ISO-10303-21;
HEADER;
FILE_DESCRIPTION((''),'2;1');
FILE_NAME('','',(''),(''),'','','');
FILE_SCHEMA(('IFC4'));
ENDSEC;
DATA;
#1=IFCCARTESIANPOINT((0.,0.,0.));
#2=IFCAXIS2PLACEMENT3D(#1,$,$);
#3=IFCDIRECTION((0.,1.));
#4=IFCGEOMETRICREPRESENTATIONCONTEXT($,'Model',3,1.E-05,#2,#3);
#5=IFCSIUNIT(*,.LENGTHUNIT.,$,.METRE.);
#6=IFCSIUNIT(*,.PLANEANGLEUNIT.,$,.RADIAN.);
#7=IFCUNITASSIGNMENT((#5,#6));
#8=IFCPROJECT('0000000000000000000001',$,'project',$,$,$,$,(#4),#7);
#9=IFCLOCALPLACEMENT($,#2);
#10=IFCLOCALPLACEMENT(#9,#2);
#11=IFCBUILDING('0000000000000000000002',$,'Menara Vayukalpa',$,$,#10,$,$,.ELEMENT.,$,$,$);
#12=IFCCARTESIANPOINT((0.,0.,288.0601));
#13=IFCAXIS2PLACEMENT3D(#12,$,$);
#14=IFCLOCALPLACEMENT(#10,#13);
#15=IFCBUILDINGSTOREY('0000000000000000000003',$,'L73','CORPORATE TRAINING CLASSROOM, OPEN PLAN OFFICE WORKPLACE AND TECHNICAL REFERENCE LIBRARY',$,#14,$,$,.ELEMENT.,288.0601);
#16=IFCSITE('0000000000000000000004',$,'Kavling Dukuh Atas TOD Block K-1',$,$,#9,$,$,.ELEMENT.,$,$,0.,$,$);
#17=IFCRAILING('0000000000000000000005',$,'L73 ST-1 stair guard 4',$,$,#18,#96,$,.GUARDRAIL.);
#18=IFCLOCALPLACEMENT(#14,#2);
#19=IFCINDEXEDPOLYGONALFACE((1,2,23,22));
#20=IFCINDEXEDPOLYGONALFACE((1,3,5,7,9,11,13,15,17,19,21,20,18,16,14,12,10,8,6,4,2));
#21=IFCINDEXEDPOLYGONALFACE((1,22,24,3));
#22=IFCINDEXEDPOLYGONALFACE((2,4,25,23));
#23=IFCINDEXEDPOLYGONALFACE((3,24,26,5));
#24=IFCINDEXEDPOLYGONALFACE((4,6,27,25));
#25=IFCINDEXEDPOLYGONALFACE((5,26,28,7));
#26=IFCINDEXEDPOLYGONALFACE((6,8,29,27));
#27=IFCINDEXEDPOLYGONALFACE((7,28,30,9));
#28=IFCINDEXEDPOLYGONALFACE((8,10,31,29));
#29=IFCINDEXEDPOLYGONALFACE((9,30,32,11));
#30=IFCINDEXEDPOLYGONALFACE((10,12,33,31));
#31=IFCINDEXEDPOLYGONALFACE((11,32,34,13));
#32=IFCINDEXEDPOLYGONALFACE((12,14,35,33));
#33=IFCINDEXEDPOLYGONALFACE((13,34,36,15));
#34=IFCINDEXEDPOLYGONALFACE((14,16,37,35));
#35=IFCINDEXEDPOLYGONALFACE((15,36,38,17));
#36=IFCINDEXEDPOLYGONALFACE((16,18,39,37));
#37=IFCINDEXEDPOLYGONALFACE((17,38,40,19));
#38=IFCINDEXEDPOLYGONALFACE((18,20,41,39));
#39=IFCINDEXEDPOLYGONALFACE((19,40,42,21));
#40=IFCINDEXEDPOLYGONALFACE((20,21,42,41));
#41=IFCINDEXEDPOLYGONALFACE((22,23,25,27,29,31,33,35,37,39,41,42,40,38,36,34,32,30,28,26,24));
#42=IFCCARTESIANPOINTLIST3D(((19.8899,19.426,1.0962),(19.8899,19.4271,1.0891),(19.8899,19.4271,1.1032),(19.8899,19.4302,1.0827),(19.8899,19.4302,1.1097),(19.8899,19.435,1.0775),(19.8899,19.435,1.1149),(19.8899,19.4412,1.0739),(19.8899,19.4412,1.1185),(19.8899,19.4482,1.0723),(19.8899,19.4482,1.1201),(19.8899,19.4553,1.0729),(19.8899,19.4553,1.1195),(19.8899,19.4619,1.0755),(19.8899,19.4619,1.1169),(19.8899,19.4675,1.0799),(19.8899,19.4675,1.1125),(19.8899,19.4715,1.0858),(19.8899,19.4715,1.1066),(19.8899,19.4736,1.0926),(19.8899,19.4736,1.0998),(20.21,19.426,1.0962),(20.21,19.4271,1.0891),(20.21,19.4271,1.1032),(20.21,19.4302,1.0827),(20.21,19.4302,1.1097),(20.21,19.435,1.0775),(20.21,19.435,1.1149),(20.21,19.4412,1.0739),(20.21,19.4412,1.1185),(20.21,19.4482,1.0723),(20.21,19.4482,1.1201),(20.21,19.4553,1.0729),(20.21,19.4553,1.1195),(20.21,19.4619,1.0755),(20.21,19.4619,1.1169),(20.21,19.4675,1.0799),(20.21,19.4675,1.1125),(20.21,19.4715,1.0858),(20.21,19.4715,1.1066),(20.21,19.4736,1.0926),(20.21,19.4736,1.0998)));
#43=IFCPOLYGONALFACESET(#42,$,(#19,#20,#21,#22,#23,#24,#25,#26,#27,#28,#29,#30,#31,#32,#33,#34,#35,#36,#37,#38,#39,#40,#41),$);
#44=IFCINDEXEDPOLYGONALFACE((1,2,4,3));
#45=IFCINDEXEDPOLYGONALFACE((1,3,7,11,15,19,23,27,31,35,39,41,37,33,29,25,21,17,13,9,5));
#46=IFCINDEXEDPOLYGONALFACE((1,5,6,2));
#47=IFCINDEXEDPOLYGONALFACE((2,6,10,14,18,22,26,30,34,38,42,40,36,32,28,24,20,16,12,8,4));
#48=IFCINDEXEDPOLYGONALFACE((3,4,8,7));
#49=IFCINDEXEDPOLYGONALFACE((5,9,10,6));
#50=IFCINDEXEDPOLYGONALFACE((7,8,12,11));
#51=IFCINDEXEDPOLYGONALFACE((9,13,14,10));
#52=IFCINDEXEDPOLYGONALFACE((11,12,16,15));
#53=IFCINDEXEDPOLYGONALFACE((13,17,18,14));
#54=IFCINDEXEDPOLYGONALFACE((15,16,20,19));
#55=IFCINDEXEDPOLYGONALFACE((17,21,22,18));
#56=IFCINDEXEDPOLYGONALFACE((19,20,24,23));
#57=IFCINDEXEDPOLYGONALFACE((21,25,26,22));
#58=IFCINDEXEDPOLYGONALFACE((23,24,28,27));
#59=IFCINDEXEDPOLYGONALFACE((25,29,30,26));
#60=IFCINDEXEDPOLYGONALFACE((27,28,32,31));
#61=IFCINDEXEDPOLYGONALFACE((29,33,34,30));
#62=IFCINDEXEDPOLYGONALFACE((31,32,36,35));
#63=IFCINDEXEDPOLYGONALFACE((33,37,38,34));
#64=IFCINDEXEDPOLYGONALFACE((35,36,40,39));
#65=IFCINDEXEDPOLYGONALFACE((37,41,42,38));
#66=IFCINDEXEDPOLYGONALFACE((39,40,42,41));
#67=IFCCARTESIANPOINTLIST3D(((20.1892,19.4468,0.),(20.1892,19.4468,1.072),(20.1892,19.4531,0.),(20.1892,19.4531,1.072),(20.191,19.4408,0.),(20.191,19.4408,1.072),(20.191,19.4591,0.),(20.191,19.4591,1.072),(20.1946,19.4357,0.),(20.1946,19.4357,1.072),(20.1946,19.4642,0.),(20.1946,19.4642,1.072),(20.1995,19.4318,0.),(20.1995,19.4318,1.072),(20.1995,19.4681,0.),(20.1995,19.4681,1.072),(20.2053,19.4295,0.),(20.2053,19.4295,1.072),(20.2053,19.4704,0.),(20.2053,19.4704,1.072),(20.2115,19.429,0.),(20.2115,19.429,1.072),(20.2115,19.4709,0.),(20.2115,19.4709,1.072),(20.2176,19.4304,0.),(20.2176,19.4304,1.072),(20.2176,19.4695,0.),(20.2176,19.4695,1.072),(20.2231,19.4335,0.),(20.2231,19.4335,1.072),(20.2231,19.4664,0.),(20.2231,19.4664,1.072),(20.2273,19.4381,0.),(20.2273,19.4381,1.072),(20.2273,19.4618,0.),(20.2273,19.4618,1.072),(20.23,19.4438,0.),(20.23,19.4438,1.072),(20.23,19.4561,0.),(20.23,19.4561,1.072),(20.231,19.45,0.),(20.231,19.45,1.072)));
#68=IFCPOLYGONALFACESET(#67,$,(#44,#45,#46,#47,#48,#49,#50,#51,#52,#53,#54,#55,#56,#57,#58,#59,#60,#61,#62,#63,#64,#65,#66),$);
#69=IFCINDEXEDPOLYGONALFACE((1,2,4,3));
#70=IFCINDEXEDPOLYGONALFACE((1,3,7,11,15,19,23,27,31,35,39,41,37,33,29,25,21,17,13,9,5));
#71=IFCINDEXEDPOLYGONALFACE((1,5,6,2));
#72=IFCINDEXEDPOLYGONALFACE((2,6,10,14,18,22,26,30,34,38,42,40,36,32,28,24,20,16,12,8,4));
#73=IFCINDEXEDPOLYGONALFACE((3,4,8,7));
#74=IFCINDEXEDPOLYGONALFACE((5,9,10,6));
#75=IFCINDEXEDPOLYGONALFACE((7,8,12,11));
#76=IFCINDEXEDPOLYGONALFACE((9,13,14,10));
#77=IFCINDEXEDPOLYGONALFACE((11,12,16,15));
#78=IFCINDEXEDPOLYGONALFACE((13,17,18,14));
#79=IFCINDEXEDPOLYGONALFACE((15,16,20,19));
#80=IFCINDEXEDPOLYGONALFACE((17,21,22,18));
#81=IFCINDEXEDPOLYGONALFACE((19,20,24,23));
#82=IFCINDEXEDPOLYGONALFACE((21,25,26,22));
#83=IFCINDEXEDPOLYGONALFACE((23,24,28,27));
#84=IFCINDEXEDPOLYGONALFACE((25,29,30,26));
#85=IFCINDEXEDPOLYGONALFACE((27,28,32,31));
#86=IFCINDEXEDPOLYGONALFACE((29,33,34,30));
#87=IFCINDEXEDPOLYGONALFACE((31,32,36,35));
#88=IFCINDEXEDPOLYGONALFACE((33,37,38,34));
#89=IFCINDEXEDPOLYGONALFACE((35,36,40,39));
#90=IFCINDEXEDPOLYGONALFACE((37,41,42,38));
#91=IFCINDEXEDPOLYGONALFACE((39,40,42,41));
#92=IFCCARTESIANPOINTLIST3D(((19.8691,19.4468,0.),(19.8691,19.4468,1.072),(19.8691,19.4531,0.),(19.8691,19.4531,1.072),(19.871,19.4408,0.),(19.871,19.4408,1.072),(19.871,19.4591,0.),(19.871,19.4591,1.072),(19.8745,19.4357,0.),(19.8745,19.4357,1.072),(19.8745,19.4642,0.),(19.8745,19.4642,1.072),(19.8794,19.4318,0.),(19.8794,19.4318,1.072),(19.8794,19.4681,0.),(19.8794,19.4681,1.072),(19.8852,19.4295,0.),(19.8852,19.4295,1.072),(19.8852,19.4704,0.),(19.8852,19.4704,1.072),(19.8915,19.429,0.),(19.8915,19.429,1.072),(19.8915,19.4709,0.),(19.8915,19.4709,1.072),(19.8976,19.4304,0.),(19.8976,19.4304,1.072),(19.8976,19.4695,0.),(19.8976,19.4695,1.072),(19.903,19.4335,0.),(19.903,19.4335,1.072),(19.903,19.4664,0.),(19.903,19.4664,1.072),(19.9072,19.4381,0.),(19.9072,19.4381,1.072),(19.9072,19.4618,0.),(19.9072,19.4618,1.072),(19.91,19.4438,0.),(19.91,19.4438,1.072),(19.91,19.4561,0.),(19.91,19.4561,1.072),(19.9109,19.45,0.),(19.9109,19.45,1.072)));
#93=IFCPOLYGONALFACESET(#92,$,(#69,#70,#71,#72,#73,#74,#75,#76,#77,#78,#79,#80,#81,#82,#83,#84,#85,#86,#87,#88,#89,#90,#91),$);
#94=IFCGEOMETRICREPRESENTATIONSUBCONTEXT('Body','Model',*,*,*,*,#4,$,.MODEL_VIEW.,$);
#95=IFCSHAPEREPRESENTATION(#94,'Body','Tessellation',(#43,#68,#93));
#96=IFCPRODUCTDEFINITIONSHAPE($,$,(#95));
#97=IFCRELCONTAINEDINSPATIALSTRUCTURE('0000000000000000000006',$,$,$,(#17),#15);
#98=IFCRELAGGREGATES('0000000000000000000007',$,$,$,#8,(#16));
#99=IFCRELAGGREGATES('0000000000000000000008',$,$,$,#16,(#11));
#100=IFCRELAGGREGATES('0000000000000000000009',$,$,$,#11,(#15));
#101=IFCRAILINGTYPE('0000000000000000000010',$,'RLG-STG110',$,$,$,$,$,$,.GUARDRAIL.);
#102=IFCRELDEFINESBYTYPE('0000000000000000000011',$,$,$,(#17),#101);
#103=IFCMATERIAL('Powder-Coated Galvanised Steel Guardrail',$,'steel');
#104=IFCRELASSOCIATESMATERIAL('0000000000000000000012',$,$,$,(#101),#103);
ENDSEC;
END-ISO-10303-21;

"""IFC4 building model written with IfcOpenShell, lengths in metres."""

from ifc_helpers import new_model, si_unit, direction, frame, origin, origin_2d, place, context, subcontext, project, spatial, circle, extrude, material, type_object, element, save


model = new_model("IFC4")

# Units and contexts
model_context = context("Model", 3, precision=1e-05, world=origin(), true_north=direction((0.0, 1.0)))
body_context = subcontext(model_context, "Body", "Model", "MODEL_VIEW")
ifc_project = project(units=[si_unit("LENGTHUNIT", "METRE"), si_unit("PLANEANGLEUNIT", "RADIAN")], contexts=[model_context])

# Site, building, storey
site_placement = place(None, origin())
site = spatial("IfcSite", under=ifc_project, at=site_placement, Name="Kavling Dukuh Atas TOD Block K-1", CompositionType="ELEMENT", RefElevation=0.0)
building_placement = place(site_placement, origin())
building = spatial("IfcBuilding", under=site, at=building_placement, Name="Menara Vayukalpa", CompositionType="ELEMENT")
storey_placement = place(building_placement, frame((0.0, 0.0, 288.0601)))
storey = spatial("IfcBuildingStorey", under=building, at=storey_placement, Name="L73", Description="CORPORATE TRAINING CLASSROOM, OPEN PLAN OFFICE WORKPLACE AND TECHNICAL REFERENCE LIBRARY", CompositionType="ELEMENT", Elevation=288.0601)

# Railing
ifc_material_1 = material(Name="Powder-Coated Galvanised Steel Guardrail", Category="steel")
railing_type_1 = type_object("IfcRailingType", Name="RLG-STG110", PredefinedType="GUARDRAIL", material=ifc_material_1)
railing_1_placement = place(storey_placement, frame((20.21, 19.45, 0.0)))
element("IfcRailing", 1, at=railing_1_placement, inside=storey, type_object=railing_type_1, Name="L73 ST-1 stair guard 4", PredefinedType="GUARDRAIL", context=body_context, shape_type="SweptSolid", body=[
    extrude(circle(Radius=0.0239, at=origin_2d()), frame((0.0, 0.0, 1.0962), z_axis=(-1.0, 0.0, 0.0), x_axis=(0.0, -1.0, 0.0)), (0.0, 0.0, 1.0), 0.3201),
    extrude(circle(Radius=0.021, at=origin_2d()), origin(), (0.0, 0.0, 1.0), 1.072),
    extrude(circle(Radius=0.021, at=origin_2d()), frame((-0.3201, 0.0, 0.0)), (0.0, 0.0, 1.0), 1.072),
])

save(model, "model.ifc")
